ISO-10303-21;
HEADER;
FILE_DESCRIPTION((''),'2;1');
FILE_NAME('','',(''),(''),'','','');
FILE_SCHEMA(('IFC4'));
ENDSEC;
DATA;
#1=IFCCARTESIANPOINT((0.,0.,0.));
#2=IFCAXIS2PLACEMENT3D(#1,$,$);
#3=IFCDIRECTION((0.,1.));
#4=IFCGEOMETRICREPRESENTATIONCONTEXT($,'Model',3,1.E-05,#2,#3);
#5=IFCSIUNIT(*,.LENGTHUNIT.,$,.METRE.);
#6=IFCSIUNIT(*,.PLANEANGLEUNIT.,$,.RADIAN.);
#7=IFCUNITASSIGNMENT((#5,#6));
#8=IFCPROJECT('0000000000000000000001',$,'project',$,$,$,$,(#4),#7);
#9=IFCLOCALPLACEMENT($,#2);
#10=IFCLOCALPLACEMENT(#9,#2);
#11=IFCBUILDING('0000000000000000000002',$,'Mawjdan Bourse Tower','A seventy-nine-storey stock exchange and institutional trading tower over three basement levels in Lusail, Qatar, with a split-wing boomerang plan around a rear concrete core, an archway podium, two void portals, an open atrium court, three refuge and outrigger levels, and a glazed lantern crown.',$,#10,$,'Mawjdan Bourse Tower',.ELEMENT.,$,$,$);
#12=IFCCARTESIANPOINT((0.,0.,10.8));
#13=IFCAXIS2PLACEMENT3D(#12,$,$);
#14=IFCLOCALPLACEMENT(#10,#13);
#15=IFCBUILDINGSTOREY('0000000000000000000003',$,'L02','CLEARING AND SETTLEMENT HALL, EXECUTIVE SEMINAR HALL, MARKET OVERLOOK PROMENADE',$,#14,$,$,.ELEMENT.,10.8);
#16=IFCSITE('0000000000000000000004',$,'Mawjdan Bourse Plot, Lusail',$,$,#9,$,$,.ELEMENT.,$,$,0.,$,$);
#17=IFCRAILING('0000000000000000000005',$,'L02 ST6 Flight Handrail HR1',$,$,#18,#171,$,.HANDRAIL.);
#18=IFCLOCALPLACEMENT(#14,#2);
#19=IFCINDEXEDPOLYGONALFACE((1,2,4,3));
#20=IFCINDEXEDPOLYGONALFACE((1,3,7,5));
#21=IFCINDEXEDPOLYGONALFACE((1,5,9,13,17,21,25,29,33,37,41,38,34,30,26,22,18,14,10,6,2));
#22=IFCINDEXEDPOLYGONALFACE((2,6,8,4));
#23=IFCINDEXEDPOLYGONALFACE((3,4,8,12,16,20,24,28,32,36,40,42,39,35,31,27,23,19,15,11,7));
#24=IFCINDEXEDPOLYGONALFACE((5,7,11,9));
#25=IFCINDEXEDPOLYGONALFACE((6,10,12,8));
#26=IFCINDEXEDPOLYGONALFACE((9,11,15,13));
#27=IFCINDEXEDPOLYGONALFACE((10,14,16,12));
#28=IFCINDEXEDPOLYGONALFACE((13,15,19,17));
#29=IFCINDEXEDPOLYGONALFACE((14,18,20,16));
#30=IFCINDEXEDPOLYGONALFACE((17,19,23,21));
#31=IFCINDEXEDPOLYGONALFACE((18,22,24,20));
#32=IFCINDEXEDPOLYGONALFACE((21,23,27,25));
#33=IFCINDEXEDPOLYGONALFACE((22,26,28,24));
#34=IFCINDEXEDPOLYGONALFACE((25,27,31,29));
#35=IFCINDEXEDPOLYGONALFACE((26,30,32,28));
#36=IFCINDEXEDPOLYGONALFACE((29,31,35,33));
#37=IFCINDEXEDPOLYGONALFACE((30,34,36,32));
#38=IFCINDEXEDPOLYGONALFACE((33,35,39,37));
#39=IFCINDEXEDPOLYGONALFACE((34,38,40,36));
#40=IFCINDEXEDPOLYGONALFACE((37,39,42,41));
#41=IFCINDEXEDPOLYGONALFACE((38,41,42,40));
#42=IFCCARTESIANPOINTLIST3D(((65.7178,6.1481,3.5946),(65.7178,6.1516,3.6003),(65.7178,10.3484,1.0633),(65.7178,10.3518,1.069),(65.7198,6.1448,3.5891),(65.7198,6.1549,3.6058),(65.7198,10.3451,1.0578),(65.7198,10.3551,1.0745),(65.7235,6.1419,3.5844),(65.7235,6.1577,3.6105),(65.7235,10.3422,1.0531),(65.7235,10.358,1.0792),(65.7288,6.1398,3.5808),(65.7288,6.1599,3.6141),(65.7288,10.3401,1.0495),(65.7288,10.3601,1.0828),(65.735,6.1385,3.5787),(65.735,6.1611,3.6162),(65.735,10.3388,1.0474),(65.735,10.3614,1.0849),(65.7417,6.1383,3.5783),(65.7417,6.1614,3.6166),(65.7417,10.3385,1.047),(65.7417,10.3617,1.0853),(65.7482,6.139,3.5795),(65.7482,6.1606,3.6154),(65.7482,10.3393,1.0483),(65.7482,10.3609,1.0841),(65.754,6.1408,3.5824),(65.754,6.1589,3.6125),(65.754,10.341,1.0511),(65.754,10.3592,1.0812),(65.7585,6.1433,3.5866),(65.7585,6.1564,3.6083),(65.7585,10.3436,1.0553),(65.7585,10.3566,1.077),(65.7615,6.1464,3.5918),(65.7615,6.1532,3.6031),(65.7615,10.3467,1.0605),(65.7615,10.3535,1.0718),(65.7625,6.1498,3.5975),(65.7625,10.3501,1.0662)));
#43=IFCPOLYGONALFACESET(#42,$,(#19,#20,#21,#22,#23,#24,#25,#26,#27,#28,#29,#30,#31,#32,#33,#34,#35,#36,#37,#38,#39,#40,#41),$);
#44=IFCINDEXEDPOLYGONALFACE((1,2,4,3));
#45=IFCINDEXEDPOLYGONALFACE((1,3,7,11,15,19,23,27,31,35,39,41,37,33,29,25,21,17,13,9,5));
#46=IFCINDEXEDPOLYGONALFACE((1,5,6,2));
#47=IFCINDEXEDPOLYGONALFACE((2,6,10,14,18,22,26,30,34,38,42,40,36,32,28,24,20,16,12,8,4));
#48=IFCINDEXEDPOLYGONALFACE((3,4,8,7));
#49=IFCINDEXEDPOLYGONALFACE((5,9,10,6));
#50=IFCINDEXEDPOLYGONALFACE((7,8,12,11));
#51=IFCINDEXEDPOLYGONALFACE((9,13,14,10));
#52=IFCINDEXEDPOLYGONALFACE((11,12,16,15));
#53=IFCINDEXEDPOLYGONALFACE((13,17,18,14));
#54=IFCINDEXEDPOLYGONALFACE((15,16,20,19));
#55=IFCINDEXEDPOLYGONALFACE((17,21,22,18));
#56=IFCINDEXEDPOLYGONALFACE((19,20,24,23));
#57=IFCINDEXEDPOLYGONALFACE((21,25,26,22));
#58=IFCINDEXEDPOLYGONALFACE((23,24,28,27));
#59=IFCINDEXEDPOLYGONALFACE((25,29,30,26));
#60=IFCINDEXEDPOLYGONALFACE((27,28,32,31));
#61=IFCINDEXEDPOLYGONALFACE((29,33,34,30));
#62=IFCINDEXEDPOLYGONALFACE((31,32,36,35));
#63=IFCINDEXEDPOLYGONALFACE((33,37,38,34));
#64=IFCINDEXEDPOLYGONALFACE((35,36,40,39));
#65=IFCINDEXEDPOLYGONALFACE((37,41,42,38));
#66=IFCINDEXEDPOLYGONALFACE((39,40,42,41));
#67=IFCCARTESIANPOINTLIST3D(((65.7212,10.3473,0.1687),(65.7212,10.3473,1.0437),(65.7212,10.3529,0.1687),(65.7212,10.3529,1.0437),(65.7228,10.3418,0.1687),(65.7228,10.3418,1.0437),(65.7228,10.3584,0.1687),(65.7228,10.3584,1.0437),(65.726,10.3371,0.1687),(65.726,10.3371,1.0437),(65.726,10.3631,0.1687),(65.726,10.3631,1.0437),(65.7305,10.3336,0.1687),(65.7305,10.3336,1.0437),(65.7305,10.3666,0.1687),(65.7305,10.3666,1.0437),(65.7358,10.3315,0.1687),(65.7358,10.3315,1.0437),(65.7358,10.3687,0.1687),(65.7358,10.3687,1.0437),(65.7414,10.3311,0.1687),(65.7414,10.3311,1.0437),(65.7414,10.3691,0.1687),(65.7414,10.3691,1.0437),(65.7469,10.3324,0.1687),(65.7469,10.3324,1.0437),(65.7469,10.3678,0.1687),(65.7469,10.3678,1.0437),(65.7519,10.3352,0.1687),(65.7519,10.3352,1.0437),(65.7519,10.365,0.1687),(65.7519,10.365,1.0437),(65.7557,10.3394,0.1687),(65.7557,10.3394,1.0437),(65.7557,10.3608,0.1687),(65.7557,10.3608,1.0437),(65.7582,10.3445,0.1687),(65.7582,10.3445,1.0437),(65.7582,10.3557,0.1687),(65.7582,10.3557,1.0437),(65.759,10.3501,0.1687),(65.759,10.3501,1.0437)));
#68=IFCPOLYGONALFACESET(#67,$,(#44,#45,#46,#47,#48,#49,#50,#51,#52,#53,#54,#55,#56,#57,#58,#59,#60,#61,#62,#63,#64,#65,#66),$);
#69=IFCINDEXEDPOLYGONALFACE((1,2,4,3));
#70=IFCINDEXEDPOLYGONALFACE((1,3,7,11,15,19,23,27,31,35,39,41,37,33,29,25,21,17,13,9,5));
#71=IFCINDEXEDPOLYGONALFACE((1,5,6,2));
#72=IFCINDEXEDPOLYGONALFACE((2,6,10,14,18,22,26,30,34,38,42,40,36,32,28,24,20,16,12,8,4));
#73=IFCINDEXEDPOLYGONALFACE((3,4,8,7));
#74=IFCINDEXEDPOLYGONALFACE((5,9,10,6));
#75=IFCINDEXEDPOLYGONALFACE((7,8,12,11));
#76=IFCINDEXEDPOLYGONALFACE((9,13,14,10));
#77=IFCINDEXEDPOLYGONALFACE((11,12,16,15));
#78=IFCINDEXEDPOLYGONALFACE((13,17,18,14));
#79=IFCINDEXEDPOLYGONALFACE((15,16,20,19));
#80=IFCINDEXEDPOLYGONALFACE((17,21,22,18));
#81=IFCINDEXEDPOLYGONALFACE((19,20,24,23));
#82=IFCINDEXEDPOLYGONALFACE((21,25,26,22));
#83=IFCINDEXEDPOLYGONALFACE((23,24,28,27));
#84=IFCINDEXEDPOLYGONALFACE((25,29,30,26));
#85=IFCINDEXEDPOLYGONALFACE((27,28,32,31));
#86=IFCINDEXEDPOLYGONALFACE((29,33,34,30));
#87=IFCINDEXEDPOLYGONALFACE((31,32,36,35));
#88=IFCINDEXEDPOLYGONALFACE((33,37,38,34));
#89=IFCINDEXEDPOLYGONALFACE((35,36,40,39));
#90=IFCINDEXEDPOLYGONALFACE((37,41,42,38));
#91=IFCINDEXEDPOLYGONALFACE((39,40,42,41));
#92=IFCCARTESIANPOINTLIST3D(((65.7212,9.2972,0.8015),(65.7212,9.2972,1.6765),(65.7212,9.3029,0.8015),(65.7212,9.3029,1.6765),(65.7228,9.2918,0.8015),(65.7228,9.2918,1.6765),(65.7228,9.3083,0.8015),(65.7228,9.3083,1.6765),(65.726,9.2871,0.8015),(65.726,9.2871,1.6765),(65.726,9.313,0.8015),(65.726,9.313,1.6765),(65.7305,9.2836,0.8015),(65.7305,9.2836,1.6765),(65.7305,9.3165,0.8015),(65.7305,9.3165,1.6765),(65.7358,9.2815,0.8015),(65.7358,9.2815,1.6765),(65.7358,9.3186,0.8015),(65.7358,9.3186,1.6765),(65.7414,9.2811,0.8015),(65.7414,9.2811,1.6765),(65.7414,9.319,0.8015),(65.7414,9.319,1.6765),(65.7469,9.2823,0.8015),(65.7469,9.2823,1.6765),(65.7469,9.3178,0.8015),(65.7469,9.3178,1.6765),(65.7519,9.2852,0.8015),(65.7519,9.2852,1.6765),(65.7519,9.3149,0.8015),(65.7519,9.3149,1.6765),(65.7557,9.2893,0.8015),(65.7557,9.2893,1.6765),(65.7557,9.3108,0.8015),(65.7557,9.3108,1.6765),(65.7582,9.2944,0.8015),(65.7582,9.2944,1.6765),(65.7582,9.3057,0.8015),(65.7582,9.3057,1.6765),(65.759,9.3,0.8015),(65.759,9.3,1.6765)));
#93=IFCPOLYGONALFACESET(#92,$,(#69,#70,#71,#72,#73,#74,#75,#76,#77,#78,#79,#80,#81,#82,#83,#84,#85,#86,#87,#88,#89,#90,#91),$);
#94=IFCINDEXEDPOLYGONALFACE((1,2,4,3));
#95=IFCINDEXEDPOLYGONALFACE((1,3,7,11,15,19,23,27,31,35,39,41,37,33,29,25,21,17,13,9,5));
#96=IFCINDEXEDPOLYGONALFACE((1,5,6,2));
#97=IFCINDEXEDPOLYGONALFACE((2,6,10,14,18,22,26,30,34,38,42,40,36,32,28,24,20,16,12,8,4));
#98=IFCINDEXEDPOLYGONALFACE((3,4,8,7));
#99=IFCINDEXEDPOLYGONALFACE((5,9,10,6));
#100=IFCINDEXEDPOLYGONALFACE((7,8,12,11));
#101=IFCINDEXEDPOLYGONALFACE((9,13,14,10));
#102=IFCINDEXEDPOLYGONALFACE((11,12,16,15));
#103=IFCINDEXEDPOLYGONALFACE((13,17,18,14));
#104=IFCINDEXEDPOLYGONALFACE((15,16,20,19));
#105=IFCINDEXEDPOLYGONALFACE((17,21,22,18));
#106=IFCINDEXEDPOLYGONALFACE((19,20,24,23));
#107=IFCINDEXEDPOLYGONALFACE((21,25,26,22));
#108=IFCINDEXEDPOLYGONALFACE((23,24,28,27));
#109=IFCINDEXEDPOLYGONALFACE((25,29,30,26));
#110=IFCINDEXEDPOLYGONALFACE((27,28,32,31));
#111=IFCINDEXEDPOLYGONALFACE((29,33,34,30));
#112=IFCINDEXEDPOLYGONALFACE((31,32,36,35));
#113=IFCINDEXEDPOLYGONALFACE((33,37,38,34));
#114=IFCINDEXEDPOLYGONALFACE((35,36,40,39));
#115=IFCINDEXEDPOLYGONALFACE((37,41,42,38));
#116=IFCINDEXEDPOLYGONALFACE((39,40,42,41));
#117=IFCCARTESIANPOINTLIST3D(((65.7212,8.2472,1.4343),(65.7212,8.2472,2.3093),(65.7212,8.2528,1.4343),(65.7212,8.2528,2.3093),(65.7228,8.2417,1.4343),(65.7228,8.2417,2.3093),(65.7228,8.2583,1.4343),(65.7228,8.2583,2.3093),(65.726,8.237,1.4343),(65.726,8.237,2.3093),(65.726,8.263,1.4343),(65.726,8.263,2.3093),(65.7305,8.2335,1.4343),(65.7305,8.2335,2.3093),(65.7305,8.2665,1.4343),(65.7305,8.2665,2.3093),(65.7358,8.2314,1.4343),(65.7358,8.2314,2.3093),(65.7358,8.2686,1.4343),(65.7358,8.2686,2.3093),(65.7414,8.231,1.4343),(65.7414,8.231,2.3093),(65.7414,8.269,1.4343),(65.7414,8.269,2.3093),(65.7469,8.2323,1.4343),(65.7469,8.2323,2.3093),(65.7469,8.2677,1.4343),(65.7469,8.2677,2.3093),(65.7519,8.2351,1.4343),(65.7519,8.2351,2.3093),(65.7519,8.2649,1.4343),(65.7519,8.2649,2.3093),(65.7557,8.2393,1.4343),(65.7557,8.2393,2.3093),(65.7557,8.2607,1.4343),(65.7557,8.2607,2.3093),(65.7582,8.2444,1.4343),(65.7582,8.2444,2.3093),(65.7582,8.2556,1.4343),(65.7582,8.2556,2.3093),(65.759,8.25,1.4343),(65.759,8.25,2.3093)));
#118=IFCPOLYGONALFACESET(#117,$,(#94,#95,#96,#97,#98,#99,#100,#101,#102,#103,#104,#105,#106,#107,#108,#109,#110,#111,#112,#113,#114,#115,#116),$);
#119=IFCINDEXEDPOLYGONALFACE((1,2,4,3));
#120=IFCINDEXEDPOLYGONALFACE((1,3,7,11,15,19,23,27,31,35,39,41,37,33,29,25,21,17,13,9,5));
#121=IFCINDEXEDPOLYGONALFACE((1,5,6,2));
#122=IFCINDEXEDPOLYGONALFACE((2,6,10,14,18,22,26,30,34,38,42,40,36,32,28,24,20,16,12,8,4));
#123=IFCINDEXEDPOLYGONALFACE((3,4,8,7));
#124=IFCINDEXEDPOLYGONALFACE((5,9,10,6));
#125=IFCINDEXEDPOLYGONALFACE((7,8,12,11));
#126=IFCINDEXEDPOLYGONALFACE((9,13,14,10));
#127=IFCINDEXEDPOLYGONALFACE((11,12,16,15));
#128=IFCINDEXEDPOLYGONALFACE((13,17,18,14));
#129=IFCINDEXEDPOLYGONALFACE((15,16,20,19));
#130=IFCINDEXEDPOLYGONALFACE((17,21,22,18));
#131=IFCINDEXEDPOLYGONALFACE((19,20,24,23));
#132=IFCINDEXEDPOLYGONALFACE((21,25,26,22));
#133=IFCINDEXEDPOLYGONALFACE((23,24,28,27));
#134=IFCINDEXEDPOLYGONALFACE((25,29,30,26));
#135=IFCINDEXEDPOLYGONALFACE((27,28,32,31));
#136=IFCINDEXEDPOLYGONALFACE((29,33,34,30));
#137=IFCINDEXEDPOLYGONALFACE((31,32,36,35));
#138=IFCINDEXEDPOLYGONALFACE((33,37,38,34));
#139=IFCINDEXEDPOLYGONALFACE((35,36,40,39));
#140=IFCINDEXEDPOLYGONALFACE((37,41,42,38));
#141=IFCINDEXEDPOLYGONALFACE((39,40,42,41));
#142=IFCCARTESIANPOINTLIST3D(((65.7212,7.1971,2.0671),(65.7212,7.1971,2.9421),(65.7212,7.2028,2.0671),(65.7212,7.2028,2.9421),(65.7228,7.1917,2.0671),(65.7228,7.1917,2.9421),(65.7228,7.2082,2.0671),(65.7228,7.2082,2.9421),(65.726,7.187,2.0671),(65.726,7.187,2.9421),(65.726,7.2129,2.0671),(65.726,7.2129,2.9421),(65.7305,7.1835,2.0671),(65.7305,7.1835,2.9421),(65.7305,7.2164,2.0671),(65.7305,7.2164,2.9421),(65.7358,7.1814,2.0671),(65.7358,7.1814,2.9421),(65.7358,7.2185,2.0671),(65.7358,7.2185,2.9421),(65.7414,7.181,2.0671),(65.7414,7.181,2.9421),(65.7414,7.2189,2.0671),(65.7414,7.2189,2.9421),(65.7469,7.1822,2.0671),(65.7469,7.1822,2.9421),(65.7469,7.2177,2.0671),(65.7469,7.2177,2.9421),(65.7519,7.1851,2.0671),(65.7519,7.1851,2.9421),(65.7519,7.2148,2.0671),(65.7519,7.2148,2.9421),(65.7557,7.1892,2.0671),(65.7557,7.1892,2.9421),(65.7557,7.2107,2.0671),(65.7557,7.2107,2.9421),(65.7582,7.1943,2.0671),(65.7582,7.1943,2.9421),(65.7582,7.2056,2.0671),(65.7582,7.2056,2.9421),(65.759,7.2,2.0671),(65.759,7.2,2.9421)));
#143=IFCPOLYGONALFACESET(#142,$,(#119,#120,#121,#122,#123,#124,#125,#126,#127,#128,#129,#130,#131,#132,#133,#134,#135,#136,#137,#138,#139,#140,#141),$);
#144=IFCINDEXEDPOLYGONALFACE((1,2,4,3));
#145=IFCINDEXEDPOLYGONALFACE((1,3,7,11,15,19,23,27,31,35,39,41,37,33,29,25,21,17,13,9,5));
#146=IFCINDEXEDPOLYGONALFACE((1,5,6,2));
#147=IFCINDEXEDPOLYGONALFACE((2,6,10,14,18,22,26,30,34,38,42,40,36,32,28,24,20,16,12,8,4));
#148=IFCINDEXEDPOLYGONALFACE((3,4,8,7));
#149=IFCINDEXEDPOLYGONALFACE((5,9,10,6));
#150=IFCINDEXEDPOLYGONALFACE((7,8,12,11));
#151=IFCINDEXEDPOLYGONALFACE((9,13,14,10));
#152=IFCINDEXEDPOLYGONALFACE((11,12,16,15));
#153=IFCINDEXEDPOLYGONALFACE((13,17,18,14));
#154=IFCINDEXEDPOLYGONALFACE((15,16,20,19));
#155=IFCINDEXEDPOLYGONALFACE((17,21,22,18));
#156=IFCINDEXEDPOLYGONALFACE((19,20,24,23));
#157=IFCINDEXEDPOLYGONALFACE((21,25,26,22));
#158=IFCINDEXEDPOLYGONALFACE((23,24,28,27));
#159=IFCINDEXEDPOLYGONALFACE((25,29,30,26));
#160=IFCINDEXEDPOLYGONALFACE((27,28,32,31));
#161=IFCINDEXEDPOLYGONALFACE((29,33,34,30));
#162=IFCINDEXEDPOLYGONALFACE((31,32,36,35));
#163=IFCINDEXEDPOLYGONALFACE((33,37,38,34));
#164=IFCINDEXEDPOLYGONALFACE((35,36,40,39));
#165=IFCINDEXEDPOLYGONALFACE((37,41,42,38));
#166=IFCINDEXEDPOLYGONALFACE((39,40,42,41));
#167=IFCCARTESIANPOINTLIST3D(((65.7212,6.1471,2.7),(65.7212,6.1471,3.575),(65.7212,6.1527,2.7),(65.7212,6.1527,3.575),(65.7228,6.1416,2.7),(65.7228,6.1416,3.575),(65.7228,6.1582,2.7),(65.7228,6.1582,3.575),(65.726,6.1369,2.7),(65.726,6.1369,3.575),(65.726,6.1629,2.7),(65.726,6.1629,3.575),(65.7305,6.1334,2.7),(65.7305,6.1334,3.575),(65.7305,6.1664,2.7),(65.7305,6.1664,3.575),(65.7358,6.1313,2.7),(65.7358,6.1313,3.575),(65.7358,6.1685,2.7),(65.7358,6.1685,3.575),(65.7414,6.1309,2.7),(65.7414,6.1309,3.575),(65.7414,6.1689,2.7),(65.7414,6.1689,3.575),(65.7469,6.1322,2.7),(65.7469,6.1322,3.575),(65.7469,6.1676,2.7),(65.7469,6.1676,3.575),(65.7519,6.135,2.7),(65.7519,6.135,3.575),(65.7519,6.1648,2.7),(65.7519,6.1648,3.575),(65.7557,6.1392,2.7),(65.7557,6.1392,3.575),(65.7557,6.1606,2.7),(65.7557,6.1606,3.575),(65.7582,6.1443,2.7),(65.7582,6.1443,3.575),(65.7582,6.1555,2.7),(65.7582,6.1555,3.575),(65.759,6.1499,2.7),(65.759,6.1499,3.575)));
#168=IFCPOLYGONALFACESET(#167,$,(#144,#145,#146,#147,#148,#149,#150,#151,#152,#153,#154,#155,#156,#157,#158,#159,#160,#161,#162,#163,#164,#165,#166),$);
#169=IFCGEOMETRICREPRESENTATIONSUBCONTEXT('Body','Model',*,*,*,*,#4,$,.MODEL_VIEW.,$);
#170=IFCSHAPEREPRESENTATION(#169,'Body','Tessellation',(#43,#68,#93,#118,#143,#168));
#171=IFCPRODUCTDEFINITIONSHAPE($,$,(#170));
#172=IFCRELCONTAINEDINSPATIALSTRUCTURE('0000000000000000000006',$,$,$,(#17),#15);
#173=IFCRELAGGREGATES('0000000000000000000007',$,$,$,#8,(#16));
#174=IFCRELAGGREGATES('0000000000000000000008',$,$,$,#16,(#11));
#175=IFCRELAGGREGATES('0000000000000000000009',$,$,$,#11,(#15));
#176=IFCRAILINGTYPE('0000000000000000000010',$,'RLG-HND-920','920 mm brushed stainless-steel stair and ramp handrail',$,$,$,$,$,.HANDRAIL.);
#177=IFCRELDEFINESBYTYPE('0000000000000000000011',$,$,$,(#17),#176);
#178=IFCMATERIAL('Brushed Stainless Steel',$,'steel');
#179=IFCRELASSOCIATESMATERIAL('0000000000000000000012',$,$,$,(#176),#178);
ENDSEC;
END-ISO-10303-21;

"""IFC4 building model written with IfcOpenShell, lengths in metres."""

from ifc_helpers import new_model, si_unit, direction, frame, origin, origin_2d, place, context, subcontext, project, spatial, circle, extrude, material, type_object, element, save


model = new_model("IFC4")

# Units and contexts
model_context = context("Model", 3, precision=1e-05, world=origin(), true_north=direction((0.0, 1.0)))
body_context = subcontext(model_context, "Body", "Model", "MODEL_VIEW")
ifc_project = project(units=[si_unit("LENGTHUNIT", "METRE"), si_unit("PLANEANGLEUNIT", "RADIAN")], contexts=[model_context])

# Site, building, storey
site_placement = place(None, origin())
site = spatial("IfcSite", under=ifc_project, at=site_placement, Name="Mawjdan Bourse Plot, Lusail", CompositionType="ELEMENT", RefElevation=0.0)
building_placement = place(site_placement, origin())
building = spatial("IfcBuilding", under=site, at=building_placement, Name="Mawjdan Bourse Tower", Description="A seventy-nine-storey stock exchange and institutional trading tower over three basement levels in Lusail, Qatar, with a split-wing boomerang plan around a rear concrete core, an archway podium, two void portals, an open atrium court, three refuge and outrigger levels, and a glazed lantern crown.", LongName="Mawjdan Bourse Tower", CompositionType="ELEMENT")
storey_placement = place(building_placement, frame((0.0, 0.0, 10.8)))
storey = spatial("IfcBuildingStorey", under=building, at=storey_placement, Name="L02", Description="CLEARING AND SETTLEMENT HALL, EXECUTIVE SEMINAR HALL, MARKET OVERLOOK PROMENADE", CompositionType="ELEMENT", Elevation=10.8)

# Railing
ifc_material_1 = material(Name="Brushed Stainless Steel", Category="steel")
railing_type_1 = type_object("IfcRailingType", Name="RLG-HND-920", Description="920 mm brushed stainless-steel stair and ramp handrail", PredefinedType="HANDRAIL", material=ifc_material_1)
railing_1_placement = place(storey_placement, frame((65.74, 10.3501, 0.1687)))
element("IfcRailing", 1, at=railing_1_placement, inside=storey, type_object=railing_type_1, Name="L02 ST6 Flight Handrail HR1", PredefinedType="HANDRAIL", context=body_context, shape_type="SweptSolid", body=[
    extrude(circle(Radius=0.0225, at=origin_2d()), frame((0.0, 0.0, 0.8975), z_axis=(0.0, -0.85649, 0.516164), x_axis=(1.0, 0.0, 0.0)), (0.0, 0.0, 1.0), 4.9041),
    extrude(circle(Radius=0.019, at=origin_2d()), origin(), (0.0, 0.0, 1.0), 0.875),
    extrude(circle(Radius=0.019, at=origin_2d()), frame((0.0, -1.05, 0.6328)), (0.0, 0.0, 1.0), 0.875),
    extrude(circle(Radius=0.019, at=origin_2d()), frame((0.0, -2.1001, 1.2656)), (0.0, 0.0, 1.0), 0.875),
    extrude(circle(Radius=0.019, at=origin_2d()), frame((0.0, -3.1501, 1.8984)), (0.0, 0.0, 1.0), 0.875),
    extrude(circle(Radius=0.019, at=origin_2d()), frame((0.0, -4.2002, 2.5312)), (0.0, 0.0, 1.0), 0.875),
])

save(model, "model.ifc")
